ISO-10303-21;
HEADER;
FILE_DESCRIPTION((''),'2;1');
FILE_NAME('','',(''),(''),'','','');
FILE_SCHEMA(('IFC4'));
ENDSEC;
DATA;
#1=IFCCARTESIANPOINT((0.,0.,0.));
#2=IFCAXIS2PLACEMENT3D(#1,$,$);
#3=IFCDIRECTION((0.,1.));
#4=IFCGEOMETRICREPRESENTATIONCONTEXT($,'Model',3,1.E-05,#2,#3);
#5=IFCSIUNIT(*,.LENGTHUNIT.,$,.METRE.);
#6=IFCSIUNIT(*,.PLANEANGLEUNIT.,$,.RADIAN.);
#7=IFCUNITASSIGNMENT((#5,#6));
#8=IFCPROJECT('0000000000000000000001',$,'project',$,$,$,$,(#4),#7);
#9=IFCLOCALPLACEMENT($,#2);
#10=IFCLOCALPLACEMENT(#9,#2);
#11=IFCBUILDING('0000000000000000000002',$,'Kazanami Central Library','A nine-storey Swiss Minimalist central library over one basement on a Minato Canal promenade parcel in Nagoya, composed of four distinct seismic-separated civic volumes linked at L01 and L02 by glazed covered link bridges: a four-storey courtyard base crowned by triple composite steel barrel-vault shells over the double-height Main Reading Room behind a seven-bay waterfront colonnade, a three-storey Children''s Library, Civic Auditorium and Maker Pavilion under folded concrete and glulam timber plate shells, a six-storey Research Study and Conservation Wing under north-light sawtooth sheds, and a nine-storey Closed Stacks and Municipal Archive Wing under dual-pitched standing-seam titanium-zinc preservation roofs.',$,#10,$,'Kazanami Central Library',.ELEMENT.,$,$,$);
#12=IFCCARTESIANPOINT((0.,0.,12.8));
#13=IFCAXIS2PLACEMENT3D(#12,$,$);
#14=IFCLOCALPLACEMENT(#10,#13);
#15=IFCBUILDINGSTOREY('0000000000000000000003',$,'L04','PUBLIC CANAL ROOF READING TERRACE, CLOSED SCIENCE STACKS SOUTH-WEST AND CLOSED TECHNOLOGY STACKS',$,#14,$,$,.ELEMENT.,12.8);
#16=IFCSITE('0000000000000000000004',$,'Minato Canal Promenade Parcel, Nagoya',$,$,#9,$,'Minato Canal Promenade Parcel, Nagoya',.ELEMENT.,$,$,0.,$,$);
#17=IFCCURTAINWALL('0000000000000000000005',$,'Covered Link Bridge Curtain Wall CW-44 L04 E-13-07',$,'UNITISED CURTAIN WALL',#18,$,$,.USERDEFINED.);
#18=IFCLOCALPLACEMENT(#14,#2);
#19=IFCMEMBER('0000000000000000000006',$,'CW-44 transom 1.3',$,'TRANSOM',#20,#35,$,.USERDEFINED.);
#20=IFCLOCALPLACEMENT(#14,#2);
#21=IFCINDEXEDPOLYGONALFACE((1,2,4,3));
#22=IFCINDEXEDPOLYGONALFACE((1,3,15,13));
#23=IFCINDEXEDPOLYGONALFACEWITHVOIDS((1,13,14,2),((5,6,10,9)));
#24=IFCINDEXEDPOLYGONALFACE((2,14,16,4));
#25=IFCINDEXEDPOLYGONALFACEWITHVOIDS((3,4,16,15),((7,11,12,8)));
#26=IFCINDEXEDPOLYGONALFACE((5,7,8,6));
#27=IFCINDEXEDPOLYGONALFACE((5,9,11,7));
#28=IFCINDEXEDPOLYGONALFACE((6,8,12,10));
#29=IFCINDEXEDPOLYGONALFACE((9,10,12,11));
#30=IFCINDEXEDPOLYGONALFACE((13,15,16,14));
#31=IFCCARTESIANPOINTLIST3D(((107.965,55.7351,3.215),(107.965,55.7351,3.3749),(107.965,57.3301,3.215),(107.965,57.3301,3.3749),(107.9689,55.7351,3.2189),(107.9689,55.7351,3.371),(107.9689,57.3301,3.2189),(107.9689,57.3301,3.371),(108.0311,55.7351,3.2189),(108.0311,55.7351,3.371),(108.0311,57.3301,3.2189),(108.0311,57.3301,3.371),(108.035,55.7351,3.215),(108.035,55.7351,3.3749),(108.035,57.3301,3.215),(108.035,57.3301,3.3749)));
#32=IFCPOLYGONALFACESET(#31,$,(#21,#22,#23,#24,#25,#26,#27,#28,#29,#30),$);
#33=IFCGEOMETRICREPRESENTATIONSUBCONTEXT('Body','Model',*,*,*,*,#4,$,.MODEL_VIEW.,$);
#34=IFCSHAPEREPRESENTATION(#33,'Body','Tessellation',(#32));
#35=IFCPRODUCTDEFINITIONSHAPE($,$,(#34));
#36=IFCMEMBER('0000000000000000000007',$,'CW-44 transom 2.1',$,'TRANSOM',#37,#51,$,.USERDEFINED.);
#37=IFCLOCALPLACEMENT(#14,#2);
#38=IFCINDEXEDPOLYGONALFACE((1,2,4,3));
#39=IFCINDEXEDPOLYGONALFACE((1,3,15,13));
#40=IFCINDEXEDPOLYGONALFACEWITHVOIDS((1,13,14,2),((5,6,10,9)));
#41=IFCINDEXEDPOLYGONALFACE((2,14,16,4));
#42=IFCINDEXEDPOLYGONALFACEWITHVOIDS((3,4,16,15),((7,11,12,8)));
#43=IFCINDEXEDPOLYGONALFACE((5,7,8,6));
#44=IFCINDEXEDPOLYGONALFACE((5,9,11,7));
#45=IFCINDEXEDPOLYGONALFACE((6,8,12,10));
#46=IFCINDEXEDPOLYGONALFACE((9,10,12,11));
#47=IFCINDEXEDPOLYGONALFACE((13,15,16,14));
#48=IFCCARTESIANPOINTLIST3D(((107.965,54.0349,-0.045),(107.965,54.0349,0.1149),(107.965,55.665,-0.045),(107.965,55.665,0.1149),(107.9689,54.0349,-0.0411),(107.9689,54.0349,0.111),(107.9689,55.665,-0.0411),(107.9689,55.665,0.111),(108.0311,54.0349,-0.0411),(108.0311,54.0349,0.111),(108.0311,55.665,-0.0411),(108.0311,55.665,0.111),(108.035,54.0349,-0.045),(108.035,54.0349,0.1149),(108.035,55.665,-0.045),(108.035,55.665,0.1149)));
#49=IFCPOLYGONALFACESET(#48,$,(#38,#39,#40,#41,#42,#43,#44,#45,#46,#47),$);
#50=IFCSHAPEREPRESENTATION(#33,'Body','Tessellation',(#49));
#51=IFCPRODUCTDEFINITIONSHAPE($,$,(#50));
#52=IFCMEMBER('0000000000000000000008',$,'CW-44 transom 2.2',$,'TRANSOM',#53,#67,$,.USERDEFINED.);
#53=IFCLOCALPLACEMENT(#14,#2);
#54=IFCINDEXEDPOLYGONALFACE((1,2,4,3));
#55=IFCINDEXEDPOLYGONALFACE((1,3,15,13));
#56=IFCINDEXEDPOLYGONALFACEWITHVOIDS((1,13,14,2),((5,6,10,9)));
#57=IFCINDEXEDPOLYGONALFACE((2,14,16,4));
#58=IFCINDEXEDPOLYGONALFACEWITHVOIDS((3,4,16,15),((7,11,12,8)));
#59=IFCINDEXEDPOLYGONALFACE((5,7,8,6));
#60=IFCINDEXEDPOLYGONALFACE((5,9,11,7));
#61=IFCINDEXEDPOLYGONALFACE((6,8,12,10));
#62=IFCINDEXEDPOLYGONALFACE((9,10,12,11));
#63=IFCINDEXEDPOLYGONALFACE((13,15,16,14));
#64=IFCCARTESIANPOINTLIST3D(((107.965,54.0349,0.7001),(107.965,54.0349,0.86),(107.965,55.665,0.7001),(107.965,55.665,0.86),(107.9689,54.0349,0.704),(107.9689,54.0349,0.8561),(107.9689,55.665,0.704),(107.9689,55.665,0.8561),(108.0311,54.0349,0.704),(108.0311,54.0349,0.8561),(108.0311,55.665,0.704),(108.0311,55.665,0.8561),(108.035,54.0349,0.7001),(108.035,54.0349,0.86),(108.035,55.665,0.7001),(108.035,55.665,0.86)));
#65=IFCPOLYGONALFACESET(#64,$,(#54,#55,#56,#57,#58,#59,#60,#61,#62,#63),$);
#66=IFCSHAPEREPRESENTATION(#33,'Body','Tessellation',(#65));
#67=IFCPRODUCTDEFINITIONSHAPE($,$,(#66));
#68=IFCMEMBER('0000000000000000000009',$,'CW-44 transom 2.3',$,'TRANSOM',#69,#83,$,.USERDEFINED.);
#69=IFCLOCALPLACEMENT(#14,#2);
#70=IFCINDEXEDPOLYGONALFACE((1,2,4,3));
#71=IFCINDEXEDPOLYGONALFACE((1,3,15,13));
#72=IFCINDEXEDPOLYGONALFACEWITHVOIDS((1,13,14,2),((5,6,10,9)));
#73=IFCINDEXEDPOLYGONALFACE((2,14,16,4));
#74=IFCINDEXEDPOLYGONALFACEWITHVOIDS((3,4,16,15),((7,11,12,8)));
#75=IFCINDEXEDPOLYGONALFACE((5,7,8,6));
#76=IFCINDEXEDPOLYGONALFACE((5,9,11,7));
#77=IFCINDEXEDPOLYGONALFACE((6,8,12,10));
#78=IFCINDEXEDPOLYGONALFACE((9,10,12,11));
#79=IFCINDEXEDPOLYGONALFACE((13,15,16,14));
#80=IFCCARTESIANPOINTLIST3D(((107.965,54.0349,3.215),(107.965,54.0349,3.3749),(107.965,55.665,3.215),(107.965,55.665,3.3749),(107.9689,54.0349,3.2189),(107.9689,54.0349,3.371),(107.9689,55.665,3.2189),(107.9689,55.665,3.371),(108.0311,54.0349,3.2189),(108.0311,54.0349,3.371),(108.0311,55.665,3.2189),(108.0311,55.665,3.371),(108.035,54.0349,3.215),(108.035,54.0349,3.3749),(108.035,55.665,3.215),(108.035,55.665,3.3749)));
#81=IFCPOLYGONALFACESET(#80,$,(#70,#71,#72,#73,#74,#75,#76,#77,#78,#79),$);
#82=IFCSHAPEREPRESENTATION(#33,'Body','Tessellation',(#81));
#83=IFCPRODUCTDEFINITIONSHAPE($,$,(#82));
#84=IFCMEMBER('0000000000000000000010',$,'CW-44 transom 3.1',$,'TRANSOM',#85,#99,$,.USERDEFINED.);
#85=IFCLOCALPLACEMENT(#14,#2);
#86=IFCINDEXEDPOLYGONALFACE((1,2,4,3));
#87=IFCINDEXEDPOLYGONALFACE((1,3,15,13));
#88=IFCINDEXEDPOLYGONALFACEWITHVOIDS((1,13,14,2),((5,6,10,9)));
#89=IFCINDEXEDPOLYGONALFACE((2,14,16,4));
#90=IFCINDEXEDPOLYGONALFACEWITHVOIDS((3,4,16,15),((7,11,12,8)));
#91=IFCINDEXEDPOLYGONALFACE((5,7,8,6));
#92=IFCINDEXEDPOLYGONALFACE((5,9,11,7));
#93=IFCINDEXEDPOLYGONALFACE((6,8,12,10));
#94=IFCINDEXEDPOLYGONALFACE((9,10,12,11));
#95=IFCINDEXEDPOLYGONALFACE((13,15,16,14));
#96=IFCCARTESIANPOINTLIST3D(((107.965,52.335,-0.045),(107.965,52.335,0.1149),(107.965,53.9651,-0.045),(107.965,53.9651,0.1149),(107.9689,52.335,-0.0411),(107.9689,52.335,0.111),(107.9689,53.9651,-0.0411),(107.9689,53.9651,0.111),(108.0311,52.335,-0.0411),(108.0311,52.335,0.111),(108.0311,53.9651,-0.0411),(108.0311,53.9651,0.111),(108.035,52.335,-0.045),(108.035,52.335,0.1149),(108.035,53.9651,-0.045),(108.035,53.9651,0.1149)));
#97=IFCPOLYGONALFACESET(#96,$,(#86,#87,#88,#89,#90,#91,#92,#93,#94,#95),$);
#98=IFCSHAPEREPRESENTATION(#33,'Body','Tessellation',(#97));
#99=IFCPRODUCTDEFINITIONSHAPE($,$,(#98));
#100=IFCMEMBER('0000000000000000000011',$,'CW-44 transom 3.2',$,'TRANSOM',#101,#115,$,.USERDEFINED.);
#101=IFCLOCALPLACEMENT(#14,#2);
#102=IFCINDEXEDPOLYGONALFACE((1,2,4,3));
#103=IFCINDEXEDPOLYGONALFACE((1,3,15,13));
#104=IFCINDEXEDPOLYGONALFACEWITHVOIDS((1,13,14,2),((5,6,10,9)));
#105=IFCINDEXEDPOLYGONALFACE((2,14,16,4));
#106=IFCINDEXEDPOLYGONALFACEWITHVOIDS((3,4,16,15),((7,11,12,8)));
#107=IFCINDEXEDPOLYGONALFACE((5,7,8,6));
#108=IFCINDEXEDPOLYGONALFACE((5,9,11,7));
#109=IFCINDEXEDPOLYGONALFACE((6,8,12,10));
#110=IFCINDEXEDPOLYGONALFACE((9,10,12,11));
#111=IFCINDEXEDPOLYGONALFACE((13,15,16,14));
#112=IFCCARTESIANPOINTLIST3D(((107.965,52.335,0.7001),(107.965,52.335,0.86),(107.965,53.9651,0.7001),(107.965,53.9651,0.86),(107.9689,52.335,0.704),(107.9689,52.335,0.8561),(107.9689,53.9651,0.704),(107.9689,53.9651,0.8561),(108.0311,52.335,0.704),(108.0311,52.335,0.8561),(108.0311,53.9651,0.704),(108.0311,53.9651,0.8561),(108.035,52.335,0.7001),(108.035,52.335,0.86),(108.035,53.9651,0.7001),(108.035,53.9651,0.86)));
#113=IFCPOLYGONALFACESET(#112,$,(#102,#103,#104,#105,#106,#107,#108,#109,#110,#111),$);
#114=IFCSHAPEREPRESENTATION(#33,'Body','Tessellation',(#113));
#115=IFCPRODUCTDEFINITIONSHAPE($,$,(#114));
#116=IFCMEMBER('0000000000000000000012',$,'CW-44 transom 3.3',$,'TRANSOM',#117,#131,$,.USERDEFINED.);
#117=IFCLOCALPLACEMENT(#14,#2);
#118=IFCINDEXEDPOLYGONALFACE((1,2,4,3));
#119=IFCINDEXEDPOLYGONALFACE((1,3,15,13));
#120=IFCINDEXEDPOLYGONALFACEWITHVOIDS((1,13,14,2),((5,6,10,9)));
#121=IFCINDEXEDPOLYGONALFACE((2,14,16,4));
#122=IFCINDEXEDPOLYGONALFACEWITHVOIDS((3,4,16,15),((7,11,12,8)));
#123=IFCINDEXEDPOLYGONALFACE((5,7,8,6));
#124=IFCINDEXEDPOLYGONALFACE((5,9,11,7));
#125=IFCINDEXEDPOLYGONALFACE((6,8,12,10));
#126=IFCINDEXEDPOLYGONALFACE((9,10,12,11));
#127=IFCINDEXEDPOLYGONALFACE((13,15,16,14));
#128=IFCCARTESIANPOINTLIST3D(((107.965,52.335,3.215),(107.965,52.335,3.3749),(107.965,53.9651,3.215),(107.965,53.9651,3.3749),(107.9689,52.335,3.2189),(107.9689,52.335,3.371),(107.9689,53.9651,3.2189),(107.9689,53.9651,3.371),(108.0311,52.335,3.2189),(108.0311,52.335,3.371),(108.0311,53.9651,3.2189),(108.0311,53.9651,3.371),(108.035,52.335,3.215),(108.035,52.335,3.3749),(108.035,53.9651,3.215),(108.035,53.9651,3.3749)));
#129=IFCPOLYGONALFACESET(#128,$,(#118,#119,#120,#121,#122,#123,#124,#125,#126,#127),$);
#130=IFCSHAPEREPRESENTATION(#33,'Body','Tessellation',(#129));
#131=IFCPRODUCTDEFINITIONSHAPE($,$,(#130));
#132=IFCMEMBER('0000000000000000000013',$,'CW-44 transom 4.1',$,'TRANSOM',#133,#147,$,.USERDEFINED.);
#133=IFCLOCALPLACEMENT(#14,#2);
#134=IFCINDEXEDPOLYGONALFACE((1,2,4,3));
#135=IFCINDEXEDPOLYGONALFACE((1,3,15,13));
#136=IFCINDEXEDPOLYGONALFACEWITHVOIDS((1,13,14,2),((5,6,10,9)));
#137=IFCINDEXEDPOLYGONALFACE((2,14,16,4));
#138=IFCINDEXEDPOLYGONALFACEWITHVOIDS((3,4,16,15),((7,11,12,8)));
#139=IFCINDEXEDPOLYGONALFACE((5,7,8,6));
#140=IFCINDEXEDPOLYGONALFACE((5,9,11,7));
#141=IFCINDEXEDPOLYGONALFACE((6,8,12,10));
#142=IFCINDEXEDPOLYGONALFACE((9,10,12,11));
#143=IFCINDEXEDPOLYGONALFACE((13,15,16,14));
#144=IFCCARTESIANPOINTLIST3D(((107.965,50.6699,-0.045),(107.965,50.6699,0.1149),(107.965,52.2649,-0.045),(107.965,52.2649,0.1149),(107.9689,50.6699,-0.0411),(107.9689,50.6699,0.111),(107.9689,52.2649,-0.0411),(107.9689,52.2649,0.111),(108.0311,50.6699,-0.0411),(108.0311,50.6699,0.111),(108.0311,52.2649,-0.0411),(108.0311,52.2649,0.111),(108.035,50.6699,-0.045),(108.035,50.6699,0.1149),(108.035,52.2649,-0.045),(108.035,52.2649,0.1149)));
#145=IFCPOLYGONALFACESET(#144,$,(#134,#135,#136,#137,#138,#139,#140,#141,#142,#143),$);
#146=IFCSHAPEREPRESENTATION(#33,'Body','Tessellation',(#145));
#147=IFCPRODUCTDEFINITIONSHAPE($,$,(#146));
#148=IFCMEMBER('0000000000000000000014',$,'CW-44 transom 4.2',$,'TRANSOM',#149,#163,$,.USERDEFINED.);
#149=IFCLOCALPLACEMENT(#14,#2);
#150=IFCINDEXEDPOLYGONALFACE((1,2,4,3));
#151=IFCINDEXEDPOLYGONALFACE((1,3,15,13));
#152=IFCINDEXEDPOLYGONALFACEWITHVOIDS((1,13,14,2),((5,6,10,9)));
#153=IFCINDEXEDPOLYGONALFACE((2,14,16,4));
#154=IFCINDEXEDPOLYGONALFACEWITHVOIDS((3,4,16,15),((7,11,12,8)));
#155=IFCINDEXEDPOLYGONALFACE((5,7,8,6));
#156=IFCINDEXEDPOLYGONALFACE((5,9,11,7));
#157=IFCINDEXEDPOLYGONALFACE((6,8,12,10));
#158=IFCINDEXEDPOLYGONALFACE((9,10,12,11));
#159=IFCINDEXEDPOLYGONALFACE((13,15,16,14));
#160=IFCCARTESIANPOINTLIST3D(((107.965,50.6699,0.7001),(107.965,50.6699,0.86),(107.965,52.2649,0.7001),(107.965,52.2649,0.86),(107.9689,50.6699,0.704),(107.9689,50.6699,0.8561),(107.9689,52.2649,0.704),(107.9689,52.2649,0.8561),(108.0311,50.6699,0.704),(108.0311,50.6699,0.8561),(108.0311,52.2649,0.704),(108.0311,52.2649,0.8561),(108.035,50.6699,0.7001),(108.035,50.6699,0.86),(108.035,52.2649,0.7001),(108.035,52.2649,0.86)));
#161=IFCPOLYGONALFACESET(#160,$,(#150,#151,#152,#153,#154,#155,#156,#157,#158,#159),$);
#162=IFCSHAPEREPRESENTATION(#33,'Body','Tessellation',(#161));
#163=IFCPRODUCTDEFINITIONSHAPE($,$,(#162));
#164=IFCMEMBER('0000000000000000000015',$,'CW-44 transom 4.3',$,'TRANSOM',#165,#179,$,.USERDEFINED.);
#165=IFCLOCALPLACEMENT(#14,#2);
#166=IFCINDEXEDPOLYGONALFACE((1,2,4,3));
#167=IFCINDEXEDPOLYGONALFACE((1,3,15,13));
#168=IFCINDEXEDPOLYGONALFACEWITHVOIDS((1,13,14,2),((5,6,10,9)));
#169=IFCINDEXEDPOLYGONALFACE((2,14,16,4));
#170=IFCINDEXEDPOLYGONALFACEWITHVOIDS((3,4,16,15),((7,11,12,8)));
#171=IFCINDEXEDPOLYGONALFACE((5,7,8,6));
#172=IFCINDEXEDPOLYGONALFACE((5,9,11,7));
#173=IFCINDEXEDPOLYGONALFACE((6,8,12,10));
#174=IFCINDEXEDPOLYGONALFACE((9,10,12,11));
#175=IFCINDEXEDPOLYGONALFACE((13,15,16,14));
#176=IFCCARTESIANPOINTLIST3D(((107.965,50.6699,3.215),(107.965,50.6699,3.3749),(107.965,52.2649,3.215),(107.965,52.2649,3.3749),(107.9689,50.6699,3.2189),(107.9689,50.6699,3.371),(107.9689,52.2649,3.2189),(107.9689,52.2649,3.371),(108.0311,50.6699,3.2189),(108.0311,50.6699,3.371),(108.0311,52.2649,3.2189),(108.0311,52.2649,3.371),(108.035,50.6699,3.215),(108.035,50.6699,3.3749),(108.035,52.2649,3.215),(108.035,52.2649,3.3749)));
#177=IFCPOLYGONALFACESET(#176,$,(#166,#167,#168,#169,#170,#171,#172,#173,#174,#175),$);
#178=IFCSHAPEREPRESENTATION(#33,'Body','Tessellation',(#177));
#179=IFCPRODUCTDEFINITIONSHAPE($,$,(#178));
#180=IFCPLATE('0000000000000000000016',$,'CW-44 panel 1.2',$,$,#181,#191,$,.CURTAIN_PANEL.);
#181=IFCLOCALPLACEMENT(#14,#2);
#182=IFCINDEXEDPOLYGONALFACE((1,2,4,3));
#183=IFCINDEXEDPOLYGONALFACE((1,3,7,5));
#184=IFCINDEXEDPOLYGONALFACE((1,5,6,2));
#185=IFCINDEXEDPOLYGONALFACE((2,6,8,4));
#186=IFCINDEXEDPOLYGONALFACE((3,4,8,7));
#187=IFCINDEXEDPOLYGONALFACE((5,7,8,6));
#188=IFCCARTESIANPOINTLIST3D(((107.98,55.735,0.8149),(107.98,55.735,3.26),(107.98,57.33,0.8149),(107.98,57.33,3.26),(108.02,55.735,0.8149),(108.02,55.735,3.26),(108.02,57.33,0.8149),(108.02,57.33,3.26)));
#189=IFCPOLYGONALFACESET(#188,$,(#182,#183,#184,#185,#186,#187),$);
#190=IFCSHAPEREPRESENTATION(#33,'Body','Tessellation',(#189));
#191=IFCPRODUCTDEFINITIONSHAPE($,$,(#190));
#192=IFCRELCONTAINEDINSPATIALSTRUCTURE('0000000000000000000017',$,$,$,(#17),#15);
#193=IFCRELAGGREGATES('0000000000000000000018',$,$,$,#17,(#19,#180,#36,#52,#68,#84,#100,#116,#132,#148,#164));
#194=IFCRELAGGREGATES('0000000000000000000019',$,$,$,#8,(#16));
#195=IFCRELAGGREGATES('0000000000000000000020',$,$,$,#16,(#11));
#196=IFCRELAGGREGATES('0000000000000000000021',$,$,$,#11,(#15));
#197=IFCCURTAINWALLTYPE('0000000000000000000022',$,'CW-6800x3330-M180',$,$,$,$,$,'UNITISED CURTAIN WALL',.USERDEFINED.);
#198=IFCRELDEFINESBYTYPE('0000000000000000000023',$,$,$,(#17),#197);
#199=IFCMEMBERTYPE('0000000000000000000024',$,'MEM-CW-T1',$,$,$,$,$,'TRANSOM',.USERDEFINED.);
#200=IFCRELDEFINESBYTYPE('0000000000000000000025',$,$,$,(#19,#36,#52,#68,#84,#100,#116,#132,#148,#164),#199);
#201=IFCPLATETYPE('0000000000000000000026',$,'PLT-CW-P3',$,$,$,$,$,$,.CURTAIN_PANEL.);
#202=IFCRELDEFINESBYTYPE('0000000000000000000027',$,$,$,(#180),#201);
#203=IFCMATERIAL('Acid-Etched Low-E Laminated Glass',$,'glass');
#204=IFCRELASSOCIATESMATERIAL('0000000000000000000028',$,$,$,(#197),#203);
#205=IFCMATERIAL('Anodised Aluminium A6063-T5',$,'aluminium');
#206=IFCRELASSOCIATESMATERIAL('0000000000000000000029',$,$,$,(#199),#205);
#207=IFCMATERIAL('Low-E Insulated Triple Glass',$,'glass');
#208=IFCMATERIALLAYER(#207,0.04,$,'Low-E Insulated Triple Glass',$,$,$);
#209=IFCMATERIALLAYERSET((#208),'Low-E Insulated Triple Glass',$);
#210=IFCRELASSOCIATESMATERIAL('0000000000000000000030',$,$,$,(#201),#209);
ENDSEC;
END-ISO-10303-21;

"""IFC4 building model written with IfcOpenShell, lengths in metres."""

from ifc_helpers import new_model, si_unit, direction, frame, origin, origin_2d, place, context, subcontext, project, spatial, rectangle, hollow_rectangle, extrude, material, layer, layer_set, material_profile, profile_set, type_object, element, aggregate, save


model = new_model("IFC4")

# Units and contexts
model_context = context("Model", 3, precision=1e-05, world=origin(), true_north=direction((0.0, 1.0)))
body_context = subcontext(model_context, "Body", "Model", "MODEL_VIEW")
ifc_project = project(units=[si_unit("LENGTHUNIT", "METRE"), si_unit("PLANEANGLEUNIT", "RADIAN")], contexts=[model_context])

# Site, building, storey
site_placement = place(None, origin())
site = spatial("IfcSite", under=ifc_project, at=site_placement, Name="Minato Canal Promenade Parcel, Nagoya", LongName="Minato Canal Promenade Parcel, Nagoya", CompositionType="ELEMENT", RefElevation=0.0)
building_placement = place(site_placement, origin())
building = spatial("IfcBuilding", under=site, at=building_placement, Name="Kazanami Central Library", Description="A nine-storey Swiss Minimalist central library over one basement on a Minato Canal promenade parcel in Nagoya, composed of four distinct seismic-separated civic volumes linked at L01 and L02 by glazed covered link bridges: a four-storey courtyard base crowned by triple composite steel barrel-vault shells over the double-height Main Reading Room behind a seven-bay waterfront colonnade, a three-storey Children's Library, Civic Auditorium and Maker Pavilion under folded concrete and glulam timber plate shells, a six-storey Research Study and Conservation Wing under north-light sawtooth sheds, and a nine-storey Closed Stacks and Municipal Archive Wing under dual-pitched standing-seam titanium-zinc preservation roofs.", LongName="Kazanami Central Library", CompositionType="ELEMENT")
storey_placement = place(building_placement, frame((0.0, 0.0, 12.8)))
storey = spatial("IfcBuildingStorey", under=building, at=storey_placement, Name="L04", Description="PUBLIC CANAL ROOF READING TERRACE, CLOSED SCIENCE STACKS SOUTH-WEST AND CLOSED TECHNOLOGY STACKS", CompositionType="ELEMENT", Elevation=12.8)

# Curtain wall, members, plate
ifc_material_1 = material(Name="Acid-Etched Low-E Laminated Glass", Category="glass")
curtain_wall_type = type_object("IfcCurtainWallType", Name="CW-6800x3330-M180", ElementType="UNITISED CURTAIN WALL", PredefinedType="USERDEFINED", material=ifc_material_1)
curtain_wall_placement = place(storey_placement, origin())
curtain_wall = element("IfcCurtainWall", 1, at=curtain_wall_placement, inside=storey, type_object=curtain_wall_type, Name="Covered Link Bridge Curtain Wall CW-44 L04 E-13-07", ObjectType="UNITISED CURTAIN WALL", PredefinedType="USERDEFINED")
ifc_material_2 = material(Name="Anodised Aluminium A6063-T5", Category="aluminium")
ifc_material_profile_1 = material_profile(ifc_material_2, hollow_rectangle(XDim=0.0701, YDim=0.1599, WallThickness=0.0039, at=origin_2d()), Name="ALU-TRAN-70x160x4")
ifc_profile_set_1 = profile_set([ifc_material_profile_1], Name="Anodised Aluminium A6063-T5")
member_type_1 = type_object("IfcMemberType", Name="MEM-CW-T1", ElementType="TRANSOM", PredefinedType="USERDEFINED", material=ifc_profile_set_1)
member_1_placement = place(storey_placement, frame((108.0, 57.3301, 3.2949), z_axis=(0.0, -1.0, 0.0), x_axis=(1.0, 0.0, 0.0)))
member_1 = element("IfcMember", 2, at=member_1_placement, type_object=member_type_1, Name="CW-44 transom 1.3", ObjectType="TRANSOM", PredefinedType="USERDEFINED", context=body_context, shape_type="SweptSolid", body=[
    extrude(hollow_rectangle(XDim=0.0701, YDim=0.1599, WallThickness=0.0039, at=origin_2d()), origin(), (0.0, 0.0, 1.0), 1.595),
])
member_2_placement = place(storey_placement, frame((108.0, 55.665, 0.0349), z_axis=(0.0, -1.0, 0.0), x_axis=(1.0, 0.0, 0.0)))
member_2 = element("IfcMember", 3, at=member_2_placement, type_object=member_type_1, Name="CW-44 transom 2.1", ObjectType="TRANSOM", PredefinedType="USERDEFINED", context=body_context, shape_type="SweptSolid", body=[
    extrude(hollow_rectangle(XDim=0.0701, YDim=0.1599, WallThickness=0.0039, at=origin_2d()), origin(), (0.0, 0.0, 1.0), 1.6301),
])
member_3_placement = place(storey_placement, frame((108.0, 55.665, 0.78), z_axis=(0.0, -1.0, 0.0), x_axis=(1.0, 0.0, 0.0)))
member_3 = element("IfcMember", 4, at=member_3_placement, type_object=member_type_1, Name="CW-44 transom 2.2", ObjectType="TRANSOM", PredefinedType="USERDEFINED", context=body_context, shape_type="SweptSolid", body=[
    extrude(hollow_rectangle(XDim=0.0701, YDim=0.1599, WallThickness=0.0039, at=origin_2d()), origin(), (0.0, 0.0, 1.0), 1.6301),
])
member_4_placement = place(storey_placement, frame((108.0, 55.665, 3.2949), z_axis=(0.0, -1.0, 0.0), x_axis=(1.0, 0.0, 0.0)))
member_4 = element("IfcMember", 5, at=member_4_placement, type_object=member_type_1, Name="CW-44 transom 2.3", ObjectType="TRANSOM", PredefinedType="USERDEFINED", context=body_context, shape_type="SweptSolid", body=[
    extrude(hollow_rectangle(XDim=0.0701, YDim=0.1599, WallThickness=0.0039, at=origin_2d()), origin(), (0.0, 0.0, 1.0), 1.6301),
])
member_5_placement = place(storey_placement, frame((108.0, 53.9651, 0.0349), z_axis=(0.0, -1.0, 0.0), x_axis=(1.0, 0.0, 0.0)))
member_5 = element("IfcMember", 6, at=member_5_placement, type_object=member_type_1, Name="CW-44 transom 3.1", ObjectType="TRANSOM", PredefinedType="USERDEFINED", context=body_context, shape_type="SweptSolid", body=[
    extrude(hollow_rectangle(XDim=0.0701, YDim=0.1599, WallThickness=0.0039, at=origin_2d()), origin(), (0.0, 0.0, 1.0), 1.6301),
])
member_6_placement = place(storey_placement, frame((108.0, 53.9651, 0.78), z_axis=(0.0, -1.0, 0.0), x_axis=(1.0, 0.0, 0.0)))
member_6 = element("IfcMember", 7, at=member_6_placement, type_object=member_type_1, Name="CW-44 transom 3.2", ObjectType="TRANSOM", PredefinedType="USERDEFINED", context=body_context, shape_type="SweptSolid", body=[
    extrude(hollow_rectangle(XDim=0.0701, YDim=0.1599, WallThickness=0.0039, at=origin_2d()), origin(), (0.0, 0.0, 1.0), 1.6301),
])
member_7_placement = place(storey_placement, frame((108.0, 53.9651, 3.2949), z_axis=(0.0, -1.0, 0.0), x_axis=(1.0, 0.0, 0.0)))
member_7 = element("IfcMember", 8, at=member_7_placement, type_object=member_type_1, Name="CW-44 transom 3.3", ObjectType="TRANSOM", PredefinedType="USERDEFINED", context=body_context, shape_type="SweptSolid", body=[
    extrude(hollow_rectangle(XDim=0.0701, YDim=0.1599, WallThickness=0.0039, at=origin_2d()), origin(), (0.0, 0.0, 1.0), 1.6301),
])
member_8_placement = place(storey_placement, frame((108.0, 52.2649, 0.0349), z_axis=(0.0, -1.0, 0.0), x_axis=(1.0, 0.0, 0.0)))
member_8 = element("IfcMember", 9, at=member_8_placement, type_object=member_type_1, Name="CW-44 transom 4.1", ObjectType="TRANSOM", PredefinedType="USERDEFINED", context=body_context, shape_type="SweptSolid", body=[
    extrude(hollow_rectangle(XDim=0.0701, YDim=0.1599, WallThickness=0.0039, at=origin_2d()), origin(), (0.0, 0.0, 1.0), 1.595),
])
member_9_placement = place(storey_placement, frame((108.0, 52.2649, 0.78), z_axis=(0.0, -1.0, 0.0), x_axis=(1.0, 0.0, 0.0)))
member_9 = element("IfcMember", 10, at=member_9_placement, type_object=member_type_1, Name="CW-44 transom 4.2", ObjectType="TRANSOM", PredefinedType="USERDEFINED", context=body_context, shape_type="SweptSolid", body=[
    extrude(hollow_rectangle(XDim=0.0701, YDim=0.1599, WallThickness=0.0039, at=origin_2d()), origin(), (0.0, 0.0, 1.0), 1.595),
])
member_10_placement = place(storey_placement, frame((108.0, 52.2649, 3.2949), z_axis=(0.0, -1.0, 0.0), x_axis=(1.0, 0.0, 0.0)))
member_10 = element("IfcMember", 11, at=member_10_placement, type_object=member_type_1, Name="CW-44 transom 4.3", ObjectType="TRANSOM", PredefinedType="USERDEFINED", context=body_context, shape_type="SweptSolid", body=[
    extrude(hollow_rectangle(XDim=0.0701, YDim=0.1599, WallThickness=0.0039, at=origin_2d()), origin(), (0.0, 0.0, 1.0), 1.595),
])
ifc_material_3 = material(Name="Low-E Insulated Triple Glass", Category="glass")
ifc_layer_1 = layer(ifc_material_3, 0.04, Name="Low-E Insulated Triple Glass")
ifc_layer_set_1 = layer_set([ifc_layer_1], Name="Low-E Insulated Triple Glass")
plate_type_1 = type_object("IfcPlateType", Name="PLT-CW-P3", PredefinedType="CURTAIN_PANEL", material=ifc_layer_set_1)
plate_1_placement = place(storey_placement, frame((108.0, 56.5325, 0.8149), z_axis=(0.0, 0.0, 1.0), x_axis=(0.0, -1.0, 0.0)))
plate_1 = element("IfcPlate", 12, at=plate_1_placement, type_object=plate_type_1, Name="CW-44 panel 1.2", PredefinedType="CURTAIN_PANEL", context=body_context, shape_type="SweptSolid", body=[
    extrude(rectangle(XDim=1.595, YDim=0.04, at=origin_2d()), origin(), (0.0, 0.0, 1.0), 2.4451),
])
aggregate(curtain_wall, [member_1, plate_1, member_2, member_3, member_4, member_5, member_6, member_7, member_8, member_9, member_10])

save(model, "model.ifc")
